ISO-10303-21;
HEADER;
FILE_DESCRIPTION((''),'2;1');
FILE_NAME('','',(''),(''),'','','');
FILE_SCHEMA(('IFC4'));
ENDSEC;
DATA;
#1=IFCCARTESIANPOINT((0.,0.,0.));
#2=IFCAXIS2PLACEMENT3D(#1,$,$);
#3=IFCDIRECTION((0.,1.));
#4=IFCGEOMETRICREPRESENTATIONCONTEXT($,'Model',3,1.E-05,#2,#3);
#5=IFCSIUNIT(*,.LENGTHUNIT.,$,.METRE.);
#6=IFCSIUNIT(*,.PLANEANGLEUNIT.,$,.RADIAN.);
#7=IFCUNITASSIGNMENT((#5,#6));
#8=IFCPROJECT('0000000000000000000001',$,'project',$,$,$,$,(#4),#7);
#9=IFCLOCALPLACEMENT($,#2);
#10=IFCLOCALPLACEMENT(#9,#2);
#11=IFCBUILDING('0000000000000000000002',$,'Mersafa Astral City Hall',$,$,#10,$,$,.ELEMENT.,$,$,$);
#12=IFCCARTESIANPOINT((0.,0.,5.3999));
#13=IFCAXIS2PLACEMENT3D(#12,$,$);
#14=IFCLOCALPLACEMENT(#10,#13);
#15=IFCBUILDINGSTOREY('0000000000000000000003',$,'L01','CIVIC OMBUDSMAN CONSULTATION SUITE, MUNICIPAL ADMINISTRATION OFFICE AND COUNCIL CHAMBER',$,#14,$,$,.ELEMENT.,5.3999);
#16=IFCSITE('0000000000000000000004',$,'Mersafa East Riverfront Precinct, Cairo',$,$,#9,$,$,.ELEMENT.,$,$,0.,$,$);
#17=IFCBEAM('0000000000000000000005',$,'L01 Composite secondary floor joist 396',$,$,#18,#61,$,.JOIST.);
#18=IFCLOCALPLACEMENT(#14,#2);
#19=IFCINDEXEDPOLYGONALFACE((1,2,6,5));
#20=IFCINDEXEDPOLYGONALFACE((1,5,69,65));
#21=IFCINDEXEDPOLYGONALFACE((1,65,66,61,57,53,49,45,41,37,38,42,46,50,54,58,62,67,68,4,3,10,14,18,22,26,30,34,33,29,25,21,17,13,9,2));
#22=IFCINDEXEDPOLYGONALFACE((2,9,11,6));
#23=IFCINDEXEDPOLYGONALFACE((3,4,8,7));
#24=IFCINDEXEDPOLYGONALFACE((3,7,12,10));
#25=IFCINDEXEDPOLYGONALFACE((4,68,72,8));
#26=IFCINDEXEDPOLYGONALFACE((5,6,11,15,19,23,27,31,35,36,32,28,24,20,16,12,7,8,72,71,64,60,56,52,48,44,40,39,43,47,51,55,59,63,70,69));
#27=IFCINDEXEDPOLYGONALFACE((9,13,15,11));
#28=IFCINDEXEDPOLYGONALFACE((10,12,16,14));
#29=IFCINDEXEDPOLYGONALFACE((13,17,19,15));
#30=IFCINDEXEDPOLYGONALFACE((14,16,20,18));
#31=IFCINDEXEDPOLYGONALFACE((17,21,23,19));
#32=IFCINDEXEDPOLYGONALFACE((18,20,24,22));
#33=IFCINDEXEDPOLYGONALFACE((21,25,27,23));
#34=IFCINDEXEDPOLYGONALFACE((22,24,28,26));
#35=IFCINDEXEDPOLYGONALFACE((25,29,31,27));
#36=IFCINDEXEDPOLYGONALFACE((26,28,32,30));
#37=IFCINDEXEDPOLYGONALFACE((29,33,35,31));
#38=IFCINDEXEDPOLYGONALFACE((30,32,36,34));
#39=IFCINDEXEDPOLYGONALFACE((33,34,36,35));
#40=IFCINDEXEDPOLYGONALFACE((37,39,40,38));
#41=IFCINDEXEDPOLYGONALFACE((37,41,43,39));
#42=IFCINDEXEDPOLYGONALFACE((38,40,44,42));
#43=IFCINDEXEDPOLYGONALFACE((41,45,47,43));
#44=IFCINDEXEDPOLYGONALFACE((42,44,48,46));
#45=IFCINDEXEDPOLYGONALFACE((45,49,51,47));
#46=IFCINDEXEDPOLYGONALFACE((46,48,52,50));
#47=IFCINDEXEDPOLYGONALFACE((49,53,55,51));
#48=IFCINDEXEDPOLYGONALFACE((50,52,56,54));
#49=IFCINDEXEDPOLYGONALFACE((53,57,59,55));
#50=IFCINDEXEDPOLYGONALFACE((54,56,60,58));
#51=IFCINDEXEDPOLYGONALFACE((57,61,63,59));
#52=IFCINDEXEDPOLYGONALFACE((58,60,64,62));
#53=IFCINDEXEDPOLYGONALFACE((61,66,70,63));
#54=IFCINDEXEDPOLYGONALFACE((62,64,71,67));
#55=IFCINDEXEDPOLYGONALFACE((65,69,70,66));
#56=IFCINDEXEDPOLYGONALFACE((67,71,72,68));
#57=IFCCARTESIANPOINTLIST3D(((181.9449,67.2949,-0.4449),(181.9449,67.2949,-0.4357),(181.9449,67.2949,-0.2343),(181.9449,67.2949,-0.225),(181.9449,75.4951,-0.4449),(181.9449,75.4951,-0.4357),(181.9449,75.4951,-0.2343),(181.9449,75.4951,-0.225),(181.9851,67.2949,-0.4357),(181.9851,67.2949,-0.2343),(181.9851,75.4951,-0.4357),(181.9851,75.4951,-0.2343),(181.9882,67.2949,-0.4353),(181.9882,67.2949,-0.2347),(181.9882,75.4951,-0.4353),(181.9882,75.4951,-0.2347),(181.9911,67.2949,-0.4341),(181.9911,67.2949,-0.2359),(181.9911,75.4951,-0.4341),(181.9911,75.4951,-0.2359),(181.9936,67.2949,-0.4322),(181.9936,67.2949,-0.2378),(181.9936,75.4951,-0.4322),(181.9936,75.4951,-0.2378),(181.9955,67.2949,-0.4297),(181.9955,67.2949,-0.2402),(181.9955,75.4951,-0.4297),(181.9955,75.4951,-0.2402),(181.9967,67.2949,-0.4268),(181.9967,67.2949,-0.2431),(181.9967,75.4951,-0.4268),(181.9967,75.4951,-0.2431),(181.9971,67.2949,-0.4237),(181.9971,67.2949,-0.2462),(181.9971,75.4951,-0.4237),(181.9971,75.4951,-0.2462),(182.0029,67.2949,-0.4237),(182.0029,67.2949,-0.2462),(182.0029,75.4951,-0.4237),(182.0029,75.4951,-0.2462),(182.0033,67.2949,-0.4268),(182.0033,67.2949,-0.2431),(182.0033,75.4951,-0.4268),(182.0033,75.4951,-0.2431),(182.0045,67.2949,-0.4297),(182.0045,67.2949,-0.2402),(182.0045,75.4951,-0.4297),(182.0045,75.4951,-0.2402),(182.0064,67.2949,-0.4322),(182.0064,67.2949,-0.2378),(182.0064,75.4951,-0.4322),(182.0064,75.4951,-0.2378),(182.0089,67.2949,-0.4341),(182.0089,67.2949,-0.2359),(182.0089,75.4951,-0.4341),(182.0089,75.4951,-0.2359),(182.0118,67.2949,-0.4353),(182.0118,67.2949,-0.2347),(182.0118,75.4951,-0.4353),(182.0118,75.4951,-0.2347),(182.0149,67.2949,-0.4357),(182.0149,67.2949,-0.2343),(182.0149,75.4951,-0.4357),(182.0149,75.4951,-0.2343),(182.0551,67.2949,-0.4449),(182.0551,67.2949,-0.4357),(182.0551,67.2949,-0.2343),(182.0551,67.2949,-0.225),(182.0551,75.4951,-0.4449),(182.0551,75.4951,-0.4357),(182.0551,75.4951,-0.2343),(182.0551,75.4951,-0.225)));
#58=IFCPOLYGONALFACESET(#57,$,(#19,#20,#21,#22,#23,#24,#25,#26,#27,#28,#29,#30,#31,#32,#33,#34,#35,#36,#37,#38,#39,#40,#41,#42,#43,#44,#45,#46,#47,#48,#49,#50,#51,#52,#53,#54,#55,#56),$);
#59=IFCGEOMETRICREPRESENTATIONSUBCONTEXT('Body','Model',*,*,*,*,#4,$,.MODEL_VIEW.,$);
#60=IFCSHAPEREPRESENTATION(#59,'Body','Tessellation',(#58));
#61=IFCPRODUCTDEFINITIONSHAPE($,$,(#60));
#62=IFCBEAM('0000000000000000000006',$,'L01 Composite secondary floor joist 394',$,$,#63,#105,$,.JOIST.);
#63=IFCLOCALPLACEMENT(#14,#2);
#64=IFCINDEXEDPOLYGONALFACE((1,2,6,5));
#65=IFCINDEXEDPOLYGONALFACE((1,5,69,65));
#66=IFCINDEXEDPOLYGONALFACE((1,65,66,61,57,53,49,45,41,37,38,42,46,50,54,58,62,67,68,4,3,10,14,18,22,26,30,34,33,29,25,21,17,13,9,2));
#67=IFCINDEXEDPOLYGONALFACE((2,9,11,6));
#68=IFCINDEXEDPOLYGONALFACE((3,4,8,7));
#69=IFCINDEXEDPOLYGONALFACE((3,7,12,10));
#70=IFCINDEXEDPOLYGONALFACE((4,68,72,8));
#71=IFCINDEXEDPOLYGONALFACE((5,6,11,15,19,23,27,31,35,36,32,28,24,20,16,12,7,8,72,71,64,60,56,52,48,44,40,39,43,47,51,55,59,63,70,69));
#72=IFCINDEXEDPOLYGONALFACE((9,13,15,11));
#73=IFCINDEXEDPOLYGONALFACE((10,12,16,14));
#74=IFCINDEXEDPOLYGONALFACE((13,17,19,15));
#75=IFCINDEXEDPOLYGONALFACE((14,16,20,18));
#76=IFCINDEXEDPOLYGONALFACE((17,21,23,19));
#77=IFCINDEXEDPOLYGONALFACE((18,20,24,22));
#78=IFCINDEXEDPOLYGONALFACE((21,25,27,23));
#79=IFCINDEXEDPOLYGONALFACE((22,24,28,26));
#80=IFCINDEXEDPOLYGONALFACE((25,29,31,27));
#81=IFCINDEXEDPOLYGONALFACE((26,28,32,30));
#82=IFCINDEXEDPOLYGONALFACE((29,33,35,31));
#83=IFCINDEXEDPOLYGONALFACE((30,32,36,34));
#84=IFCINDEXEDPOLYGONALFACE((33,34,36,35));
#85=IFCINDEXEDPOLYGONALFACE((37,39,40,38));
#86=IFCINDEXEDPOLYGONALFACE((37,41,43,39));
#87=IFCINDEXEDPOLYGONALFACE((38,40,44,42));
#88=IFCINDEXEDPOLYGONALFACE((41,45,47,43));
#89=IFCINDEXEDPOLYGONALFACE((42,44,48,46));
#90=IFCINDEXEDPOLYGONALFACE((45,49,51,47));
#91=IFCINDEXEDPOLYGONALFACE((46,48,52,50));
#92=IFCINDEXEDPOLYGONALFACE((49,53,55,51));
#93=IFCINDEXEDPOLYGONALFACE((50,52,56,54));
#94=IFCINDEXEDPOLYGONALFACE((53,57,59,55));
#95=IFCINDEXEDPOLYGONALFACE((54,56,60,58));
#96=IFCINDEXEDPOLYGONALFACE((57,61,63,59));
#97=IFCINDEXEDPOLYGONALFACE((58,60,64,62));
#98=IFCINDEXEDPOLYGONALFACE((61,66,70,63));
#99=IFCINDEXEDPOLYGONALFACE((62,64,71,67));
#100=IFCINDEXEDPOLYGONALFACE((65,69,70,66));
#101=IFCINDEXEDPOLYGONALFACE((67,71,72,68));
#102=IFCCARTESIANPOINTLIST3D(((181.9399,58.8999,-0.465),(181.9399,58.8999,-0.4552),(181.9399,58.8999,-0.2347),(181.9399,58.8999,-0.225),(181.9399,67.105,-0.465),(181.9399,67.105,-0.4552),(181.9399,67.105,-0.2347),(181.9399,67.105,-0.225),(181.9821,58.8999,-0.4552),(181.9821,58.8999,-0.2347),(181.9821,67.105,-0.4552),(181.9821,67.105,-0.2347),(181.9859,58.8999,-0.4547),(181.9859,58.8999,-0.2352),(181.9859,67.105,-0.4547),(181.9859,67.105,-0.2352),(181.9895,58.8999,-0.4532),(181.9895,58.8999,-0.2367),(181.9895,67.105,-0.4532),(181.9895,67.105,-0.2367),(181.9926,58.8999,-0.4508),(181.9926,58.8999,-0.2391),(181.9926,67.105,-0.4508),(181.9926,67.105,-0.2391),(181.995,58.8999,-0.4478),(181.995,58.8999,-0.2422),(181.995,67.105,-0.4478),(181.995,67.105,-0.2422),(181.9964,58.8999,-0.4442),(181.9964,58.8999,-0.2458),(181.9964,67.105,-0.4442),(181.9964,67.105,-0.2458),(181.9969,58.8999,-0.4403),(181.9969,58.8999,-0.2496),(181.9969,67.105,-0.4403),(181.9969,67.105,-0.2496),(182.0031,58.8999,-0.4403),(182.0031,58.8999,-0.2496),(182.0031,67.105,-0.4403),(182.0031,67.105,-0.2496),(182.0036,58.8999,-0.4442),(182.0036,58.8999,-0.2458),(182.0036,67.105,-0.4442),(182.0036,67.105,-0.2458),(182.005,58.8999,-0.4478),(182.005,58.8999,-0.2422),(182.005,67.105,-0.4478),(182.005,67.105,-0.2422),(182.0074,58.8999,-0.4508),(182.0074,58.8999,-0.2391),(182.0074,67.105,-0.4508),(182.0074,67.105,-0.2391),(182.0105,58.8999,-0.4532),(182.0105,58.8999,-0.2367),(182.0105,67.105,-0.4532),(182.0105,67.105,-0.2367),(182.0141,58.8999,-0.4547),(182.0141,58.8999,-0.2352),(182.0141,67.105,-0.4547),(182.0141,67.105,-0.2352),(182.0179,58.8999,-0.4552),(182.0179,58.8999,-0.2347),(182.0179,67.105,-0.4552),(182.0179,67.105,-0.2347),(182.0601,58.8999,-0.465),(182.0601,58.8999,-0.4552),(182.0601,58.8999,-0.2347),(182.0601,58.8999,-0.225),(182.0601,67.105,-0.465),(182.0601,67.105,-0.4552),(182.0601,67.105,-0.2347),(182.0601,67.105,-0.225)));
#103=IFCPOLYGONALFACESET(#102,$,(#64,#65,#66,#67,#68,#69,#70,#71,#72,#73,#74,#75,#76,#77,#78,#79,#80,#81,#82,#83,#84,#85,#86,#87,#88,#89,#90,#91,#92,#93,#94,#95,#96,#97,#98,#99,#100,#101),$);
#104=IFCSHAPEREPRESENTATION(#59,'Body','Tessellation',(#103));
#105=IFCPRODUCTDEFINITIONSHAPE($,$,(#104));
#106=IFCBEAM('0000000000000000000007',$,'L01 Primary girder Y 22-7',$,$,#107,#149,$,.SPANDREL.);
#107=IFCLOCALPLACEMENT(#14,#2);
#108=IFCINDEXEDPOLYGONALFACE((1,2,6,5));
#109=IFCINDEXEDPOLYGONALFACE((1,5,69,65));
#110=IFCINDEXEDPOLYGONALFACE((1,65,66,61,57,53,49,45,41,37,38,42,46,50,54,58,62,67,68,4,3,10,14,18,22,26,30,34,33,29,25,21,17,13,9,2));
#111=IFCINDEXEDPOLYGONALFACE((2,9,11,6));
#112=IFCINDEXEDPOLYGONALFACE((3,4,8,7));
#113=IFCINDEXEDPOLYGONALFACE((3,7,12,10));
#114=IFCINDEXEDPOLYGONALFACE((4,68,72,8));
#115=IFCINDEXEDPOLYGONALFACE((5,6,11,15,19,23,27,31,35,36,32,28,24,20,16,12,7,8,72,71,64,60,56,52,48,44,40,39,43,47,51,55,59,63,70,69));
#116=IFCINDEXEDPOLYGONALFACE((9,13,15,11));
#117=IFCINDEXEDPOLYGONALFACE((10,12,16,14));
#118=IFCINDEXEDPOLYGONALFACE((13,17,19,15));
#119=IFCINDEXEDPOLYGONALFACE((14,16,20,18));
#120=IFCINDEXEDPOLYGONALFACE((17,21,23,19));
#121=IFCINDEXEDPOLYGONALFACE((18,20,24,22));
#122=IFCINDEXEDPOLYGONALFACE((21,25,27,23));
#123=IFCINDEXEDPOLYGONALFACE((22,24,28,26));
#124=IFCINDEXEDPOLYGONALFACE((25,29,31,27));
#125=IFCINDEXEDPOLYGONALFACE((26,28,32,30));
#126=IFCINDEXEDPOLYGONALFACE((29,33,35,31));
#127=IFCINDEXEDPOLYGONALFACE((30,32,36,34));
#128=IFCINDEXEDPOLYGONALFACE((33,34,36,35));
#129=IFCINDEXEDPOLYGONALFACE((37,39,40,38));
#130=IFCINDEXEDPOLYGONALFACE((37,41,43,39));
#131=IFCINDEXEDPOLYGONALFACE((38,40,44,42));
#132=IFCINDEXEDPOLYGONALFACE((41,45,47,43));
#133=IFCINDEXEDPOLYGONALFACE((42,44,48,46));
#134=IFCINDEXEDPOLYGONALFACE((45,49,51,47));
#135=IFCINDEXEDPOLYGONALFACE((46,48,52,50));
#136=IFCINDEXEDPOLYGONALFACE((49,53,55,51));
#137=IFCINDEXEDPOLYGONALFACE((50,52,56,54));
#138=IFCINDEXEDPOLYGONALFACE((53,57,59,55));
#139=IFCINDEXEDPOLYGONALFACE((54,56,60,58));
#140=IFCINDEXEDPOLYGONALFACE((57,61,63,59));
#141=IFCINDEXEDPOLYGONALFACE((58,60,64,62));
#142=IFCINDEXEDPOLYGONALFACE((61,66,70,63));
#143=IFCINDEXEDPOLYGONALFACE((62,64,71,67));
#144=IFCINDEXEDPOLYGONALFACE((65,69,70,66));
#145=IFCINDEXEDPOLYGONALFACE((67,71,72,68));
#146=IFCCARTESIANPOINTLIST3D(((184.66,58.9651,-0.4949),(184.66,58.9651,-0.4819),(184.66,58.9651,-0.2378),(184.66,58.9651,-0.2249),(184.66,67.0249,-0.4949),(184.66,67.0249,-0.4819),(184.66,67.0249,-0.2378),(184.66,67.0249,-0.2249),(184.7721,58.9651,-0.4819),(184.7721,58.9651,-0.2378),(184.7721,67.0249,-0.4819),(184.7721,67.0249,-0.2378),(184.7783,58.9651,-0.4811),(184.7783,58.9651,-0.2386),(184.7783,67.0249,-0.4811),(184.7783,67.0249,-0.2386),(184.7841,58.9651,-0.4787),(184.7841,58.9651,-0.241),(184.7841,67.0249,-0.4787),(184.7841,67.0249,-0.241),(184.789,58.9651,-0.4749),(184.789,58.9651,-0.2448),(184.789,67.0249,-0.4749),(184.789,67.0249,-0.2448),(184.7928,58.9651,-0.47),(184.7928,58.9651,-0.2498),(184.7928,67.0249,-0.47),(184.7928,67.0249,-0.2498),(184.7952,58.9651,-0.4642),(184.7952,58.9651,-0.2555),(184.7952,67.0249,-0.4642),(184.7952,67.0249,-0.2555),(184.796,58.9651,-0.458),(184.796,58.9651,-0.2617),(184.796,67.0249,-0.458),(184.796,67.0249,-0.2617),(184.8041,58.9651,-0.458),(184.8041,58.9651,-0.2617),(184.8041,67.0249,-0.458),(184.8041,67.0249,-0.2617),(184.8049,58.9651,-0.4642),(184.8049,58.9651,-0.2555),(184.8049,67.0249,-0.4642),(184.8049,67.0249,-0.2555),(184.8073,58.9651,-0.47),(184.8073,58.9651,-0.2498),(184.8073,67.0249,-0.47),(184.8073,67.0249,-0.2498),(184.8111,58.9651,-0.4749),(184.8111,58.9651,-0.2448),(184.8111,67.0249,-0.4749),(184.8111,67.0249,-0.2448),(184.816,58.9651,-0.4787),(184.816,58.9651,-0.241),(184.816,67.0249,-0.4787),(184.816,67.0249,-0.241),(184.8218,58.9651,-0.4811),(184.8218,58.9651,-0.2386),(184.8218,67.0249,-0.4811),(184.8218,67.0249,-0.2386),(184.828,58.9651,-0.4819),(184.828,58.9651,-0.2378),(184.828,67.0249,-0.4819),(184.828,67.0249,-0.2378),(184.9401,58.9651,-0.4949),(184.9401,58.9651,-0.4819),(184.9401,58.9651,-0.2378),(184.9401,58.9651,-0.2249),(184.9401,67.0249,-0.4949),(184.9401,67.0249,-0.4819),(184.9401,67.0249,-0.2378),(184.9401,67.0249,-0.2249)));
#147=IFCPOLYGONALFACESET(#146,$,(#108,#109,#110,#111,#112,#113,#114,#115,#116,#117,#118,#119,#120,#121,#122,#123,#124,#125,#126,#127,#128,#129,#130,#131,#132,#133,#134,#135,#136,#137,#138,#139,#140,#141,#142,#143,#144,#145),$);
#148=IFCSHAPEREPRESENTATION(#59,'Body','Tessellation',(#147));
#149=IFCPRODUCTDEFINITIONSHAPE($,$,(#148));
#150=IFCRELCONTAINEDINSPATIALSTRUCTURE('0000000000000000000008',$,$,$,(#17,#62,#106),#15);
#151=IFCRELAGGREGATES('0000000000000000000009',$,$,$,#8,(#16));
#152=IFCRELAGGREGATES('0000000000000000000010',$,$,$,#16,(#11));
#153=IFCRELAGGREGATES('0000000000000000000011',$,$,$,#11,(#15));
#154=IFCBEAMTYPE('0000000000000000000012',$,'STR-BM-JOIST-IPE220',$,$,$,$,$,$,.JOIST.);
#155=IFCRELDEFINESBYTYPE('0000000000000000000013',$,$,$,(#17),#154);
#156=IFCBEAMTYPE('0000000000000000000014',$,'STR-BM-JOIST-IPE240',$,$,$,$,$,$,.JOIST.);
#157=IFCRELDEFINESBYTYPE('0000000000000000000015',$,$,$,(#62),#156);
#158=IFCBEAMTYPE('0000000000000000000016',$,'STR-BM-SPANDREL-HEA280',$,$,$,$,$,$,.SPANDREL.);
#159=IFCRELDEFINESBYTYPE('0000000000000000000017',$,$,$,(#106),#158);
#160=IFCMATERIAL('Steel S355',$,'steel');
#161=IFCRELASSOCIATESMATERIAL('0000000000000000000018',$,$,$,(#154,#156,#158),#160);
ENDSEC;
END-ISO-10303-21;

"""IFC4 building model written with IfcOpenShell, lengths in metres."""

from ifc_helpers import new_model, si_unit, direction, frame, origin, origin_2d, place, context, subcontext, project, spatial, i_section, extrude, material, material_profile, profile_set, type_object, element, save


model = new_model("IFC4")

# Units and contexts
model_context = context("Model", 3, precision=1e-05, world=origin(), true_north=direction((0.0, 1.0)))
body_context = subcontext(model_context, "Body", "Model", "MODEL_VIEW")
ifc_project = project(units=[si_unit("LENGTHUNIT", "METRE"), si_unit("PLANEANGLEUNIT", "RADIAN")], contexts=[model_context])

# Site, building, storey
site_placement = place(None, origin())
site = spatial("IfcSite", under=ifc_project, at=site_placement, Name="Mersafa East Riverfront Precinct, Cairo", CompositionType="ELEMENT", RefElevation=0.0)
building_placement = place(site_placement, origin())
building = spatial("IfcBuilding", under=site, at=building_placement, Name="Mersafa Astral City Hall", CompositionType="ELEMENT")
storey_placement = place(building_placement, frame((0.0, 0.0, 5.3999)))
storey = spatial("IfcBuildingStorey", under=building, at=storey_placement, Name="L01", Description="CIVIC OMBUDSMAN CONSULTATION SUITE, MUNICIPAL ADMINISTRATION OFFICE AND COUNCIL CHAMBER", CompositionType="ELEMENT", Elevation=5.3999)

# Shared definitions
ifc_material_1 = material(Name="Steel S355", Category="steel")

# Beams
ifc_material_profile_1 = material_profile(ifc_material_1, i_section(OverallWidth=0.1101, OverallDepth=0.22, WebThickness=0.0059, FlangeThickness=0.0093, FilletRadius=0.012, at=origin_2d()), Name="IPE 220")
ifc_profile_set_1 = profile_set([ifc_material_profile_1], Name="Steel S355")
beam_type_1 = type_object("IfcBeamType", Name="STR-BM-JOIST-IPE220", PredefinedType="JOIST", material=ifc_profile_set_1)
for number, where, z_axis, x_axis, name in (
    (1, (182.0, 67.2949, -0.335), (0.0, 1.0, 0.0), (-1.0, 0.0, 0.0), "L01 Composite secondary floor joist 396"),
):
    element("IfcBeam", number, at=place(storey_placement, frame(where, z_axis=z_axis, x_axis=x_axis)), inside=storey, type_object=beam_type_1, Name=name, PredefinedType="JOIST", context=body_context, shape_type="SweptSolid", body=[
        extrude(i_section(OverallWidth=0.1101, OverallDepth=0.22, WebThickness=0.0059, FlangeThickness=0.0093, FilletRadius=0.012, at=origin_2d()), origin(), (0.0, 0.0, 1.0), 8.2002),
    ])
ifc_material_profile_2 = material_profile(ifc_material_1, i_section(OverallWidth=0.1201, OverallDepth=0.24, WebThickness=0.0061, FlangeThickness=0.0098, FilletRadius=0.0149, at=origin_2d()), Name="IPE 240")
ifc_profile_set_2 = profile_set([ifc_material_profile_2], Name="Steel S355")
beam_type_2 = type_object("IfcBeamType", Name="STR-BM-JOIST-IPE240", PredefinedType="JOIST", material=ifc_profile_set_2)
beam_1_placement = place(storey_placement, frame((182.0, 58.8999, -0.345), z_axis=(0.0, 1.0, 0.0), x_axis=(-1.0, 0.0, 0.0)))
element("IfcBeam", 2, at=beam_1_placement, inside=storey, type_object=beam_type_2, Name="L01 Composite secondary floor joist 394", PredefinedType="JOIST", context=body_context, shape_type="SweptSolid", body=[
    extrude(i_section(OverallWidth=0.1201, OverallDepth=0.24, WebThickness=0.0061, FlangeThickness=0.0098, FilletRadius=0.0149, at=origin_2d()), origin(), (0.0, 0.0, 1.0), 8.2051),
])
ifc_material_profile_3 = material_profile(ifc_material_1, i_section(OverallWidth=0.28, OverallDepth=0.27, WebThickness=0.0081, FlangeThickness=0.0129, FilletRadius=0.0239, at=origin_2d()), Name="HEA 280")
ifc_profile_set_3 = profile_set([ifc_material_profile_3], Name="Steel S355")
beam_type_3 = type_object("IfcBeamType", Name="STR-BM-SPANDREL-HEA280", PredefinedType="SPANDREL", material=ifc_profile_set_3)
beam_2_placement = place(storey_placement, frame((184.8, 58.9651, -0.3599), z_axis=(0.0, 1.0, 0.0), x_axis=(-1.0, 0.0, 0.0)))
element("IfcBeam", 3, at=beam_2_placement, inside=storey, type_object=beam_type_3, Name="L01 Primary girder Y 22-7", PredefinedType="SPANDREL", context=body_context, shape_type="SweptSolid", body=[
    extrude(i_section(OverallWidth=0.28, OverallDepth=0.27, WebThickness=0.0081, FlangeThickness=0.0129, FilletRadius=0.0239, at=origin_2d()), origin(), (0.0, 0.0, 1.0), 8.0598),
])

save(model, "model.ifc")
